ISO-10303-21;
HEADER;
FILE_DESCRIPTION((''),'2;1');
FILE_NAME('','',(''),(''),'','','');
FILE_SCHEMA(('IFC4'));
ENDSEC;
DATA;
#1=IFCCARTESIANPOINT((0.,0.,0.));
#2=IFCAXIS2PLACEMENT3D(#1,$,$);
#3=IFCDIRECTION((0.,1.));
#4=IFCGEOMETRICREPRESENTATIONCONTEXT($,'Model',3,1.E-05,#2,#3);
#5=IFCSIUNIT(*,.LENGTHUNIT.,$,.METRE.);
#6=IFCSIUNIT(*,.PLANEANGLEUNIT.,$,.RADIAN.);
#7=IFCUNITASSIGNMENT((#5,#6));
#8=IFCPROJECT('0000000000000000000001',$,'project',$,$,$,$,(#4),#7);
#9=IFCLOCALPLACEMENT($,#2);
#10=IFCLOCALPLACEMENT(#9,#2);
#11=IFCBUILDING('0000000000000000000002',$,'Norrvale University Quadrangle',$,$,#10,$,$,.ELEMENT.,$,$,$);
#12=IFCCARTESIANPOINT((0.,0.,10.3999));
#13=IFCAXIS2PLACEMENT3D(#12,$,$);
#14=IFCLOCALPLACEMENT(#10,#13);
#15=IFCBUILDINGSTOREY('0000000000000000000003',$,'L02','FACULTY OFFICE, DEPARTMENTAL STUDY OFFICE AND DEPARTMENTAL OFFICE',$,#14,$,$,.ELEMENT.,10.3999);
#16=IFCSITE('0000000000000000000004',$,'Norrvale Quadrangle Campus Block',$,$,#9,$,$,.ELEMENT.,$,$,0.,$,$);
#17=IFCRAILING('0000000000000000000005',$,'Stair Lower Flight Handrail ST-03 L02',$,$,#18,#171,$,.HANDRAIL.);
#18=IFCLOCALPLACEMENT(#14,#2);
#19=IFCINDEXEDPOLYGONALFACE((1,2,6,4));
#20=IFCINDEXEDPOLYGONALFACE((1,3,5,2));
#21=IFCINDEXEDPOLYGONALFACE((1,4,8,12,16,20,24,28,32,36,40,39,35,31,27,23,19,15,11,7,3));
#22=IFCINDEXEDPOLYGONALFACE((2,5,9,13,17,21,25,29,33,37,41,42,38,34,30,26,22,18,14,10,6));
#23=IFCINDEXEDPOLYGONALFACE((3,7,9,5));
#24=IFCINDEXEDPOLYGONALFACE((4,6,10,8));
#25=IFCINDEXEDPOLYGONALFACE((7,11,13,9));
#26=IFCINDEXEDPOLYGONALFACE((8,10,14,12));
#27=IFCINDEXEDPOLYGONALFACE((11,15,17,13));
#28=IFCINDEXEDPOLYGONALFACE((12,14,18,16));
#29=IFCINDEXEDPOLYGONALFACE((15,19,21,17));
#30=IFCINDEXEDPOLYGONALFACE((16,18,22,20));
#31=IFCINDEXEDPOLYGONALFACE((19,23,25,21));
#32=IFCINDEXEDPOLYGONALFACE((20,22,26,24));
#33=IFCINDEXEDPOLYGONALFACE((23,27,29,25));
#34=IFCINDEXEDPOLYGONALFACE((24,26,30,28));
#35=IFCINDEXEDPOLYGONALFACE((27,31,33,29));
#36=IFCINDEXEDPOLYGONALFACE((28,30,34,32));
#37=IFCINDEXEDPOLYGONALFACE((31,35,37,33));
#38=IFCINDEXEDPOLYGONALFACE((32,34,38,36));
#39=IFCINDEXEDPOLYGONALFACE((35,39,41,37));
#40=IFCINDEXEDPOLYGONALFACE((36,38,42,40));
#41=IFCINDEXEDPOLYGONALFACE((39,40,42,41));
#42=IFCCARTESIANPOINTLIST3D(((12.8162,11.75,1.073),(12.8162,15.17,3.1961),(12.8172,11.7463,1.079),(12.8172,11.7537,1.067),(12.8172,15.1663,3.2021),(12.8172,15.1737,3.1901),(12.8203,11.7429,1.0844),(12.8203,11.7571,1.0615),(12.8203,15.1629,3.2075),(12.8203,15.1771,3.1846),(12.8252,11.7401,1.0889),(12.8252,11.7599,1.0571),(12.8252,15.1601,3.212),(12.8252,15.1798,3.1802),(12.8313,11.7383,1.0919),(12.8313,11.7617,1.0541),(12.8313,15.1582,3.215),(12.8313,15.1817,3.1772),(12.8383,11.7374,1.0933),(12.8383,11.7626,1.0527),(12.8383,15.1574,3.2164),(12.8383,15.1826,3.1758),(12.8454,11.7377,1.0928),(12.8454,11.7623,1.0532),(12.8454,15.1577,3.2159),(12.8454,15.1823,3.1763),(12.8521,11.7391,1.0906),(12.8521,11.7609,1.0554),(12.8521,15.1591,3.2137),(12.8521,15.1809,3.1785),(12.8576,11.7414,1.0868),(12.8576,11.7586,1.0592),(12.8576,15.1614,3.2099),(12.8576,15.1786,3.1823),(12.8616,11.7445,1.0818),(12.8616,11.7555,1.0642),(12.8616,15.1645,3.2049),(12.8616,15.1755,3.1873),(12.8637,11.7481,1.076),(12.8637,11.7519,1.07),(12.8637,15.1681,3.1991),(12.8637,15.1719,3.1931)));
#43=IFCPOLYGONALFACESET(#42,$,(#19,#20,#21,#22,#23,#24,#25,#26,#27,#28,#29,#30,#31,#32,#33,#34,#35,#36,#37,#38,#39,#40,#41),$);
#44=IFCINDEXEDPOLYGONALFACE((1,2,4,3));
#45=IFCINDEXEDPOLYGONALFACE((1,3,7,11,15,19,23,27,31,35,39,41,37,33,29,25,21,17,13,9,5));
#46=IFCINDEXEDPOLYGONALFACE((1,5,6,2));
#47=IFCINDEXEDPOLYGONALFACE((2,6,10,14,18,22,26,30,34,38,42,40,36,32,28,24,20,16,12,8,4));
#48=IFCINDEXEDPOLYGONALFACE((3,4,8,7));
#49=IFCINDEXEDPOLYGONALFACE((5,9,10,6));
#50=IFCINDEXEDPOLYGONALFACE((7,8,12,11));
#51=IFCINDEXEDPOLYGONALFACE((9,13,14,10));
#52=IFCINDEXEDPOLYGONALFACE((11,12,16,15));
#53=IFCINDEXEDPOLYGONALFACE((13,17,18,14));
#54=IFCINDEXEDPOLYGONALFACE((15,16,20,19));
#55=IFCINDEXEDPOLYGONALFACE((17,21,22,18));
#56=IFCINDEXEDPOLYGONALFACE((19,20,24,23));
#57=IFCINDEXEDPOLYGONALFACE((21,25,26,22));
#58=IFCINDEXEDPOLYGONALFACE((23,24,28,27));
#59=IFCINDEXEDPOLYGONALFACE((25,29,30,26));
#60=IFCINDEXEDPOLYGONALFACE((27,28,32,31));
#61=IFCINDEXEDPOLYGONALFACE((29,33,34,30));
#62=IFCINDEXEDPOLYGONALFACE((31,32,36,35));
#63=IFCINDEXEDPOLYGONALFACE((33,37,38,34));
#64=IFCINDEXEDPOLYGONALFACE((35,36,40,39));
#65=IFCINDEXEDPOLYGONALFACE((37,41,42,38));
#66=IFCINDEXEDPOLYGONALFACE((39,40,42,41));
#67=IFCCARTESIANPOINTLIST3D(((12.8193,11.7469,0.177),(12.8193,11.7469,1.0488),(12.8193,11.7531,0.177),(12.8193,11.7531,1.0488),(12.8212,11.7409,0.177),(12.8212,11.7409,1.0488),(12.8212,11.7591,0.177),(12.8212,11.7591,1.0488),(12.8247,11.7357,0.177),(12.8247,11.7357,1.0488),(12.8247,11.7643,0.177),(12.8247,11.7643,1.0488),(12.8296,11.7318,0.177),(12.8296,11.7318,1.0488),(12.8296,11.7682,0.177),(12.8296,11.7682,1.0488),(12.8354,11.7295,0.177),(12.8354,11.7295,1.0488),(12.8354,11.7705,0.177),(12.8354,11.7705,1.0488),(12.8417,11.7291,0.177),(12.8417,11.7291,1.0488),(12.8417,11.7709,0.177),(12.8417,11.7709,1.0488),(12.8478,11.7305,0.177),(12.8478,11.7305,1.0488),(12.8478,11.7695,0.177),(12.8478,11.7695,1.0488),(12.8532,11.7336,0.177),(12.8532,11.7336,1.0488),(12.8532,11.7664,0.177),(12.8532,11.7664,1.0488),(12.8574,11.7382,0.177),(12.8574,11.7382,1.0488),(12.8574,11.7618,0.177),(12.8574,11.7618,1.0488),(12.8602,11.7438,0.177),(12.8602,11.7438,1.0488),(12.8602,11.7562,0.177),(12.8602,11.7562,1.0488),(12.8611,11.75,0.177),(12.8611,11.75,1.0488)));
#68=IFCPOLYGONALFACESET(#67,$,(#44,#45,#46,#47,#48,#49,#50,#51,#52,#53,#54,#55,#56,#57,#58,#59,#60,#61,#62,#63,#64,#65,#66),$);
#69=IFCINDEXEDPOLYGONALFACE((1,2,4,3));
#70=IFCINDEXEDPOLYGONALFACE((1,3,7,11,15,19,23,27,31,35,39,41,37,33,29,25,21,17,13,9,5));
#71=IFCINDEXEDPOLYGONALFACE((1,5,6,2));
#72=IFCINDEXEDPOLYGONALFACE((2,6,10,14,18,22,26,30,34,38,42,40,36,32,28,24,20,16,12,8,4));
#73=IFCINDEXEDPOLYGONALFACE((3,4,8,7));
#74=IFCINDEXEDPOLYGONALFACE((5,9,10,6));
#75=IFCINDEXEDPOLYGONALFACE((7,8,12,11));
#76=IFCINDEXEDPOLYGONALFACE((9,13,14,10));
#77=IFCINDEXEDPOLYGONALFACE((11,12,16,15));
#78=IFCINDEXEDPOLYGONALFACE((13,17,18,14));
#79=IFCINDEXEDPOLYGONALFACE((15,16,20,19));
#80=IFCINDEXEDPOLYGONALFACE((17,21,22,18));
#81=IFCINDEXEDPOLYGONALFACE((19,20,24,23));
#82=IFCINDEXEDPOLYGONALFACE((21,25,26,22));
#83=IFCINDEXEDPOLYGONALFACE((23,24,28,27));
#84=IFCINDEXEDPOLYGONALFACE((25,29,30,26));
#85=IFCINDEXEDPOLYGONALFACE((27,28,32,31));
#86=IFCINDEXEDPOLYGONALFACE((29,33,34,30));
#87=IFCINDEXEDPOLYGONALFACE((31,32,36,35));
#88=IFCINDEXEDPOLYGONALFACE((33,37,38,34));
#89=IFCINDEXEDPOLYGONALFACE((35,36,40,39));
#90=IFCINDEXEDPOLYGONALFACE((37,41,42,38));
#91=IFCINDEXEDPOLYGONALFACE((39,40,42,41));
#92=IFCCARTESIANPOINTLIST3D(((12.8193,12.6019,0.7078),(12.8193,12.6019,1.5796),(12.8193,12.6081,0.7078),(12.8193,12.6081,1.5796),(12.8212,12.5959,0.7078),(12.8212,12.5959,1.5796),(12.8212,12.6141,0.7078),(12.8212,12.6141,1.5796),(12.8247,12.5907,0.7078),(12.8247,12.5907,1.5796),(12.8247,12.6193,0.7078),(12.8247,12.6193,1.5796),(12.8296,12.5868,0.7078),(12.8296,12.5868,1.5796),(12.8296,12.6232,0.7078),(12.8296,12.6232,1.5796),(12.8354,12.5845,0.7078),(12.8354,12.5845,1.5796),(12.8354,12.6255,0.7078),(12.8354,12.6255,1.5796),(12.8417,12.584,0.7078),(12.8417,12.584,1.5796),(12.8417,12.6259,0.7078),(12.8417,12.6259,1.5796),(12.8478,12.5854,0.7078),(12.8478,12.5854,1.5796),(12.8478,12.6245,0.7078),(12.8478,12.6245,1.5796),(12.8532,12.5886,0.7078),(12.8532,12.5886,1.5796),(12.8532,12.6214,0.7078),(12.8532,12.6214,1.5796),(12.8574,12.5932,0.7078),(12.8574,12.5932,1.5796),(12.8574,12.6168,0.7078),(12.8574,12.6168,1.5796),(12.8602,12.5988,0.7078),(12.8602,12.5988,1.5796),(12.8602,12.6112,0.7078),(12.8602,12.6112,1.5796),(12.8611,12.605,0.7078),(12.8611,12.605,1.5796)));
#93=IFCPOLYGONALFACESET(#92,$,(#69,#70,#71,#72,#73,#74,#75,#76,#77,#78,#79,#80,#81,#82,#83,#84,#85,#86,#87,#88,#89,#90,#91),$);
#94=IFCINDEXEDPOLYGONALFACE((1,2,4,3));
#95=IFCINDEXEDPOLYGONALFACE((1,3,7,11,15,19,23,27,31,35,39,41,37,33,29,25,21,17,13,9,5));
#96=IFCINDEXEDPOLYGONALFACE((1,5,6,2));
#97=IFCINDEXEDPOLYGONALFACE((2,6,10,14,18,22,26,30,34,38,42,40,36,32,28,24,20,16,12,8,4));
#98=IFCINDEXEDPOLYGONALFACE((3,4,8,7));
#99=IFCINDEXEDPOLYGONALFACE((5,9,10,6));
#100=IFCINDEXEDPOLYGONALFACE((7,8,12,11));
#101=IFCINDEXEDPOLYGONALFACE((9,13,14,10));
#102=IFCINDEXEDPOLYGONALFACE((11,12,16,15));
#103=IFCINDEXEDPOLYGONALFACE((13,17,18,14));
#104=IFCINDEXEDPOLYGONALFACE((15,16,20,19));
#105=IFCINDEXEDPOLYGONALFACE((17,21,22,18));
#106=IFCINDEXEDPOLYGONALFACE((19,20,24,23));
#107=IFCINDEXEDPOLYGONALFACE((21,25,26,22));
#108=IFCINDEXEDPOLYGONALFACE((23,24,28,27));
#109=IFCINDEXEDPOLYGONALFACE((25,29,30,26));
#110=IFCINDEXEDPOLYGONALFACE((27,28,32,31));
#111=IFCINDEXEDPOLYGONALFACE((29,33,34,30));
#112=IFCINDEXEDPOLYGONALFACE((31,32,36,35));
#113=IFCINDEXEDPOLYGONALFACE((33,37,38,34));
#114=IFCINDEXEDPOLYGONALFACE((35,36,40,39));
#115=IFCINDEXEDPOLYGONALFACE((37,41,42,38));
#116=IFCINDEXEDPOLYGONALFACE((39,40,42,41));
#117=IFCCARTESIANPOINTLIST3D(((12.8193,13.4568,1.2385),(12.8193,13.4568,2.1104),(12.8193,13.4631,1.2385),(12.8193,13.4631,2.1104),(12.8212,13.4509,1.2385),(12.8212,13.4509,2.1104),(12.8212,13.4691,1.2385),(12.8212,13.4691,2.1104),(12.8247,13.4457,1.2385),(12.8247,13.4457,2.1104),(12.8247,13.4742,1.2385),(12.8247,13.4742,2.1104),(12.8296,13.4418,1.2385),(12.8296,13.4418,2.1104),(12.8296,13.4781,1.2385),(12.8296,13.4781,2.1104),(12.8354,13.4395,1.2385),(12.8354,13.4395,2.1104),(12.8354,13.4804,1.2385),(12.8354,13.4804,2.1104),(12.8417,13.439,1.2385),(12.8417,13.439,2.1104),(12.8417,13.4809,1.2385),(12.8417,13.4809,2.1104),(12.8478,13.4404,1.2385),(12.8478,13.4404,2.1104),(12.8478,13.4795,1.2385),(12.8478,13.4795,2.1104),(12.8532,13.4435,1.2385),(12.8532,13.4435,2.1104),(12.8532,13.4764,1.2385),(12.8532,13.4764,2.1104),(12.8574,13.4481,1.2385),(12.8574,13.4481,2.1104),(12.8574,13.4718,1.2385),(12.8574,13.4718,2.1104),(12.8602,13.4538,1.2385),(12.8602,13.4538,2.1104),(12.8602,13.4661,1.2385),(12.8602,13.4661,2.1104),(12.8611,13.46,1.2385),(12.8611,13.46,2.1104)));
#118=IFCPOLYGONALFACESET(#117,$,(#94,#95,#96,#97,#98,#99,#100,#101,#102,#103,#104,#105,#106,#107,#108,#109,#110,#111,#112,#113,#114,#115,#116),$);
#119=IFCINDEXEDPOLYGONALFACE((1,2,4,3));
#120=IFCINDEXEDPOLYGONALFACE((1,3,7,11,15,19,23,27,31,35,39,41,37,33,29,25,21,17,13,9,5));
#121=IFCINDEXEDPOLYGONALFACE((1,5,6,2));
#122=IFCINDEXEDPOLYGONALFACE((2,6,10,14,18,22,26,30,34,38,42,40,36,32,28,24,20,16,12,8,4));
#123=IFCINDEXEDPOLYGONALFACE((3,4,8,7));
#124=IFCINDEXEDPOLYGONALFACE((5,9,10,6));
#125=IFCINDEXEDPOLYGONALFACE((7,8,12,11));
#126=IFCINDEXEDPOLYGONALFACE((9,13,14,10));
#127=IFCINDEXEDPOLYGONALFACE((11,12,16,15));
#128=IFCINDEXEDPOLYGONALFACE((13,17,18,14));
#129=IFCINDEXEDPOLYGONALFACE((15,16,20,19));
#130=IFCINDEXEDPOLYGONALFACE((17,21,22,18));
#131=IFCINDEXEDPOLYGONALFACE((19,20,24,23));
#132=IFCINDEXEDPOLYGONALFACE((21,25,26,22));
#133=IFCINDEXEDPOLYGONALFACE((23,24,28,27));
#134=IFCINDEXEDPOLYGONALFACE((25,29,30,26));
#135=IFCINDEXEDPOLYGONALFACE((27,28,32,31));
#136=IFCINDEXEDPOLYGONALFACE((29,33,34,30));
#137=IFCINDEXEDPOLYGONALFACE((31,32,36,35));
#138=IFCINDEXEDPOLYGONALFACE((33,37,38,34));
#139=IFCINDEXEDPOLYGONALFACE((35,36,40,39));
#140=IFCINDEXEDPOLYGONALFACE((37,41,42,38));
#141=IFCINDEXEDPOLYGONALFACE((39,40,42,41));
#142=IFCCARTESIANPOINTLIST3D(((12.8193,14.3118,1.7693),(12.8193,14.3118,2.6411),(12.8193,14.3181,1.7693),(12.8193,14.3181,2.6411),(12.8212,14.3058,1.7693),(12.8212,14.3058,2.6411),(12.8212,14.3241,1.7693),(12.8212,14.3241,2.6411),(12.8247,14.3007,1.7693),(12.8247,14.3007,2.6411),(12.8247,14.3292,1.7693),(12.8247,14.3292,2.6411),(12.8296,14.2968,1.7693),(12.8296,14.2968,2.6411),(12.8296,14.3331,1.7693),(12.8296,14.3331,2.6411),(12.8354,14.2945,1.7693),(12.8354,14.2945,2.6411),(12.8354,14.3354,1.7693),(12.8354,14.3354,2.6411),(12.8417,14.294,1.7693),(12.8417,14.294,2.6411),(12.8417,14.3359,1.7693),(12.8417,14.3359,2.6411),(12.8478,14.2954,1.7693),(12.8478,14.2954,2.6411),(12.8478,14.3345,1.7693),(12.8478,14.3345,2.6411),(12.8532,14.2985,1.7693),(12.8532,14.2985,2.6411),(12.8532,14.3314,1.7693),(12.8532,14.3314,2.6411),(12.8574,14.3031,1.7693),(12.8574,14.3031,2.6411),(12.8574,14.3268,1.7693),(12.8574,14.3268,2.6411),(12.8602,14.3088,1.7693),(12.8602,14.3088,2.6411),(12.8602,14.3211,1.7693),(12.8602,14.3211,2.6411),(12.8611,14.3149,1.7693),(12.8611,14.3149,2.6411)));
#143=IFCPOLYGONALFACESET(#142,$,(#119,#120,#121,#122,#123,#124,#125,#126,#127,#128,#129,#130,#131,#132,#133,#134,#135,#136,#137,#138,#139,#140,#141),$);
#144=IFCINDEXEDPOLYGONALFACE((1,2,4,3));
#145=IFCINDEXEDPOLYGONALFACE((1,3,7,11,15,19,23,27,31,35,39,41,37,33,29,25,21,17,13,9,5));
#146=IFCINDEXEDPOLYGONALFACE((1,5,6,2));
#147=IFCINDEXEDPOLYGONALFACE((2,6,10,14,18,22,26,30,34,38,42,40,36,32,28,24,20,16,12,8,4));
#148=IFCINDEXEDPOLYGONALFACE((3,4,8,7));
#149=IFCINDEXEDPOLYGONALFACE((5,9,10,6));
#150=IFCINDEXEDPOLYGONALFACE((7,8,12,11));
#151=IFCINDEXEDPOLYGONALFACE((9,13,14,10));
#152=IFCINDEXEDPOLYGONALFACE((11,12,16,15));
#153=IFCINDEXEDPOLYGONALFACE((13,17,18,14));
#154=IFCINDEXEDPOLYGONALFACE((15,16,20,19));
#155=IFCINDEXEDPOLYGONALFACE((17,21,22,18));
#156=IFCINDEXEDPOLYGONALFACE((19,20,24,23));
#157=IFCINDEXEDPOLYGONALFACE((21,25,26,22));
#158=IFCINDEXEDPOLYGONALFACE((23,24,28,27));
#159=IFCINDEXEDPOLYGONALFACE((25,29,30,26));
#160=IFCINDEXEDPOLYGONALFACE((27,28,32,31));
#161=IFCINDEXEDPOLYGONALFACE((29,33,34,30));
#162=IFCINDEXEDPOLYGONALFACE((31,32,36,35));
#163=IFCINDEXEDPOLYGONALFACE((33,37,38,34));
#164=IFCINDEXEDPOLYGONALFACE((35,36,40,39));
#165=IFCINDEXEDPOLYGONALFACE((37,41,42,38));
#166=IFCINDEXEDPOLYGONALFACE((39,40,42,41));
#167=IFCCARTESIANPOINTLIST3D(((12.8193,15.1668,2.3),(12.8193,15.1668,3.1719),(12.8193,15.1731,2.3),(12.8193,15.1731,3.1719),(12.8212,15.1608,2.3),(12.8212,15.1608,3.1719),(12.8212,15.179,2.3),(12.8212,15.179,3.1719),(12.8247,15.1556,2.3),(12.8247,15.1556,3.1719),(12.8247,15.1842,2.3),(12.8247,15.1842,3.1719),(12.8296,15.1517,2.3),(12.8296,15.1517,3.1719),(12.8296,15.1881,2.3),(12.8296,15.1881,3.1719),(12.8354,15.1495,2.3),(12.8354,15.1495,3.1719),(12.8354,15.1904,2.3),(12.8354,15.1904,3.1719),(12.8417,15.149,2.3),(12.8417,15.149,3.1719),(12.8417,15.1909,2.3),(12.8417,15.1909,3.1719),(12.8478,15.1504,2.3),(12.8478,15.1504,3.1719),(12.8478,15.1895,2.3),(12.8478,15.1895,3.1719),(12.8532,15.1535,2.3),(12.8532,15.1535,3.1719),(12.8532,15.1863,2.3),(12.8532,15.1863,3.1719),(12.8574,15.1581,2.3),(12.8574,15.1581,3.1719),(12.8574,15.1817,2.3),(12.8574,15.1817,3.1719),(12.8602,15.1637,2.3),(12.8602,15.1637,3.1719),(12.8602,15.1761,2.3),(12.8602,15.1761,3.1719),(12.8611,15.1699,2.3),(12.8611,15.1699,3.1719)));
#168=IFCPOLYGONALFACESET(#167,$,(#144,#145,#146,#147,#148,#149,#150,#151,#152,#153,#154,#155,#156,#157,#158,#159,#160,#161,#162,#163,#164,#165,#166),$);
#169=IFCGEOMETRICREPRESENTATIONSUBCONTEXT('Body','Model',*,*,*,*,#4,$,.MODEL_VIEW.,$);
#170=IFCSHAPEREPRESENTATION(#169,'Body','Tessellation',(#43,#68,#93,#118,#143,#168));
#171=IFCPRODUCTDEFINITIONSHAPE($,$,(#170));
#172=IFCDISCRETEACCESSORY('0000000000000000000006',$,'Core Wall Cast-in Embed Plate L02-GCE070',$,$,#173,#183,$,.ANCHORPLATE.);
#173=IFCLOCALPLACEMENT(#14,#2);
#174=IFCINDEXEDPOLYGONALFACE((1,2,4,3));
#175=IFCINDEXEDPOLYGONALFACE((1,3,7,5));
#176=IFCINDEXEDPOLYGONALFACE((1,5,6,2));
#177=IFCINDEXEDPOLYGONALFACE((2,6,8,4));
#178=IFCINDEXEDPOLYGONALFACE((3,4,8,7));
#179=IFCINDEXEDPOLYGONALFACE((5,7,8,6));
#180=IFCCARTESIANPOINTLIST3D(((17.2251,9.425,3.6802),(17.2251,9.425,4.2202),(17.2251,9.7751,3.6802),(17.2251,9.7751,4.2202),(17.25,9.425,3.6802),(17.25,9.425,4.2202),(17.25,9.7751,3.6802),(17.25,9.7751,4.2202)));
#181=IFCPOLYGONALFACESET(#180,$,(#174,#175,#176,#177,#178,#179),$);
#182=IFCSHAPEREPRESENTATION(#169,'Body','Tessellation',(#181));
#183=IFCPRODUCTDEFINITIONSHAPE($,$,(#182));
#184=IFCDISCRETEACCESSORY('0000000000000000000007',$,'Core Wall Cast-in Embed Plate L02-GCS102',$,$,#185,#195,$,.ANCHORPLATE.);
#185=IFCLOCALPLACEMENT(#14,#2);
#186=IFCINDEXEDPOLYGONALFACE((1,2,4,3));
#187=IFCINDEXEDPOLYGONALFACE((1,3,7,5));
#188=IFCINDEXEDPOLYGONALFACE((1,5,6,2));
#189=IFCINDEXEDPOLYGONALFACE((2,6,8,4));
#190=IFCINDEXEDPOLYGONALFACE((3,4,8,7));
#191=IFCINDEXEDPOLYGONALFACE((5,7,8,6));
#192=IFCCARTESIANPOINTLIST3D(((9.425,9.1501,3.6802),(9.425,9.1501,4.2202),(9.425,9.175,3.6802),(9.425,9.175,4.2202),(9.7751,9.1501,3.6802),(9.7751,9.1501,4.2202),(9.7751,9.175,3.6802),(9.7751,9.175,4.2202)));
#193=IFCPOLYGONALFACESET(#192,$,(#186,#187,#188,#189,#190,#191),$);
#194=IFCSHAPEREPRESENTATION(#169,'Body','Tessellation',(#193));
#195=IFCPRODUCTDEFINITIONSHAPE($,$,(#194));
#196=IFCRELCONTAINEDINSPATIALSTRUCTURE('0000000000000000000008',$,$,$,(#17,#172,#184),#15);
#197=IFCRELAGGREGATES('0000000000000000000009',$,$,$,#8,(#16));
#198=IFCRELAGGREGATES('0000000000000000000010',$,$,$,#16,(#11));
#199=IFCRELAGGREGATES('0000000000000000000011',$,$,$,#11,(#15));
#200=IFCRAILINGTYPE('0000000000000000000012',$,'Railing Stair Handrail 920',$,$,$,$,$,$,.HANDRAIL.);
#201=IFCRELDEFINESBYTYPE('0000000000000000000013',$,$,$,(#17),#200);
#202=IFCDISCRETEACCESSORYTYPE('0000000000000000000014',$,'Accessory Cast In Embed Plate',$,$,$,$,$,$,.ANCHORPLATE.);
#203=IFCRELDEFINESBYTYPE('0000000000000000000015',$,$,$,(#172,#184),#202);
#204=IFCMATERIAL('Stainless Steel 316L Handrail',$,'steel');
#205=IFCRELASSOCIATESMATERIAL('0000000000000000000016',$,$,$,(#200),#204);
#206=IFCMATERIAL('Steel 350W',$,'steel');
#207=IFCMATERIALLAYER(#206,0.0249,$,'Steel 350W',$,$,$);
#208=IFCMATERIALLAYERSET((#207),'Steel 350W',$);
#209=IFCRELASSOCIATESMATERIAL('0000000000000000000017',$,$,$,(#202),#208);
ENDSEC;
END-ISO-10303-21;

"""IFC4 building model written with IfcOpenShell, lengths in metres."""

from ifc_helpers import new_model, si_unit, direction, frame, origin, origin_2d, place, context, subcontext, project, spatial, rectangle, circle, extrude, material, layer, layer_set, type_object, element, save


model = new_model("IFC4")

# Units and contexts
model_context = context("Model", 3, precision=1e-05, world=origin(), true_north=direction((0.0, 1.0)))
body_context = subcontext(model_context, "Body", "Model", "MODEL_VIEW")
ifc_project = project(units=[si_unit("LENGTHUNIT", "METRE"), si_unit("PLANEANGLEUNIT", "RADIAN")], contexts=[model_context])

# Site, building, storey
site_placement = place(None, origin())
site = spatial("IfcSite", under=ifc_project, at=site_placement, Name="Norrvale Quadrangle Campus Block", CompositionType="ELEMENT", RefElevation=0.0)
building_placement = place(site_placement, origin())
building = spatial("IfcBuilding", under=site, at=building_placement, Name="Norrvale University Quadrangle", CompositionType="ELEMENT")
storey_placement = place(building_placement, frame((0.0, 0.0, 10.3999)))
storey = spatial("IfcBuildingStorey", under=building, at=storey_placement, Name="L02", Description="FACULTY OFFICE, DEPARTMENTAL STUDY OFFICE AND DEPARTMENTAL OFFICE", CompositionType="ELEMENT", Elevation=10.3999)

# Shared definitions
ifc_material_1 = material(Name="Steel 350W", Category="steel")

# Railing
ifc_material_2 = material(Name="Stainless Steel 316L Handrail", Category="steel")
railing_type_1 = type_object("IfcRailingType", Name="Railing Stair Handrail 920", PredefinedType="HANDRAIL", material=ifc_material_2)
railing_1_placement = place(storey_placement, frame((12.8401, 11.75, 0.177)))
element("IfcRailing", 1, at=railing_1_placement, inside=storey, type_object=railing_type_1, Name="Stair Lower Flight Handrail ST-03 L02", PredefinedType="HANDRAIL", context=body_context, shape_type="SweptSolid", body=[
    extrude(circle(Radius=0.0239, at=origin_2d()), frame((0.0, 0.0, 0.896), z_axis=(0.0, 0.849603, 0.527423), x_axis=(-1.0, 0.0, 0.0)), (0.0, 0.0, 1.0), 4.0254),
    extrude(circle(Radius=0.021, at=origin_2d()), origin(), (0.0, 0.0, 1.0), 0.8718),
    extrude(circle(Radius=0.021, at=origin_2d()), frame((0.0, 0.855, 0.5308)), (0.0, 0.0, 1.0), 0.8718),
    extrude(circle(Radius=0.021, at=origin_2d()), frame((0.0, 1.71, 1.0615)), (0.0, 0.0, 1.0), 0.8718),
    extrude(circle(Radius=0.021, at=origin_2d()), frame((0.0, 2.5649, 1.5923)), (0.0, 0.0, 1.0), 0.8718),
    extrude(circle(Radius=0.021, at=origin_2d()), frame((0.0, 3.4199, 2.123)), (0.0, 0.0, 1.0), 0.8718),
])

# Discrete accessories
ifc_layer_1 = layer(ifc_material_1, 0.0249, Name="Steel 350W")
ifc_layer_set_1 = layer_set([ifc_layer_1], Name="Steel 350W")
discrete_accessory_type = type_object("IfcDiscreteAccessoryType", Name="Accessory Cast In Embed Plate", PredefinedType="ANCHORPLATE", material=ifc_layer_set_1)
discrete_accessory_1_placement = place(storey_placement, frame((17.2375, 9.6001, 3.6802), z_axis=(0.0, 0.0, 1.0), x_axis=(1.0, 0.0, 0.0)))
element("IfcDiscreteAccessory", 2, at=discrete_accessory_1_placement, inside=storey, type_object=discrete_accessory_type, Name="Core Wall Cast-in Embed Plate L02-GCE070", PredefinedType="ANCHORPLATE", context=body_context, shape_type="SweptSolid", body=[
    extrude(rectangle(XDim=0.0249, YDim=0.3501, at=origin_2d()), origin(), (0.0, 0.0, 1.0), 0.54),
])
discrete_accessory_2_placement = place(storey_placement, frame((9.6001, 9.1626, 3.6802), z_axis=(0.0, 0.0, 1.0), x_axis=(1.0, 0.0, 0.0)))
element("IfcDiscreteAccessory", 3, at=discrete_accessory_2_placement, inside=storey, type_object=discrete_accessory_type, Name="Core Wall Cast-in Embed Plate L02-GCS102", PredefinedType="ANCHORPLATE", context=body_context, shape_type="SweptSolid", body=[
    extrude(rectangle(XDim=0.3501, YDim=0.0249, at=origin_2d()), origin(), (0.0, 0.0, 1.0), 0.54),
])

save(model, "model.ifc")
